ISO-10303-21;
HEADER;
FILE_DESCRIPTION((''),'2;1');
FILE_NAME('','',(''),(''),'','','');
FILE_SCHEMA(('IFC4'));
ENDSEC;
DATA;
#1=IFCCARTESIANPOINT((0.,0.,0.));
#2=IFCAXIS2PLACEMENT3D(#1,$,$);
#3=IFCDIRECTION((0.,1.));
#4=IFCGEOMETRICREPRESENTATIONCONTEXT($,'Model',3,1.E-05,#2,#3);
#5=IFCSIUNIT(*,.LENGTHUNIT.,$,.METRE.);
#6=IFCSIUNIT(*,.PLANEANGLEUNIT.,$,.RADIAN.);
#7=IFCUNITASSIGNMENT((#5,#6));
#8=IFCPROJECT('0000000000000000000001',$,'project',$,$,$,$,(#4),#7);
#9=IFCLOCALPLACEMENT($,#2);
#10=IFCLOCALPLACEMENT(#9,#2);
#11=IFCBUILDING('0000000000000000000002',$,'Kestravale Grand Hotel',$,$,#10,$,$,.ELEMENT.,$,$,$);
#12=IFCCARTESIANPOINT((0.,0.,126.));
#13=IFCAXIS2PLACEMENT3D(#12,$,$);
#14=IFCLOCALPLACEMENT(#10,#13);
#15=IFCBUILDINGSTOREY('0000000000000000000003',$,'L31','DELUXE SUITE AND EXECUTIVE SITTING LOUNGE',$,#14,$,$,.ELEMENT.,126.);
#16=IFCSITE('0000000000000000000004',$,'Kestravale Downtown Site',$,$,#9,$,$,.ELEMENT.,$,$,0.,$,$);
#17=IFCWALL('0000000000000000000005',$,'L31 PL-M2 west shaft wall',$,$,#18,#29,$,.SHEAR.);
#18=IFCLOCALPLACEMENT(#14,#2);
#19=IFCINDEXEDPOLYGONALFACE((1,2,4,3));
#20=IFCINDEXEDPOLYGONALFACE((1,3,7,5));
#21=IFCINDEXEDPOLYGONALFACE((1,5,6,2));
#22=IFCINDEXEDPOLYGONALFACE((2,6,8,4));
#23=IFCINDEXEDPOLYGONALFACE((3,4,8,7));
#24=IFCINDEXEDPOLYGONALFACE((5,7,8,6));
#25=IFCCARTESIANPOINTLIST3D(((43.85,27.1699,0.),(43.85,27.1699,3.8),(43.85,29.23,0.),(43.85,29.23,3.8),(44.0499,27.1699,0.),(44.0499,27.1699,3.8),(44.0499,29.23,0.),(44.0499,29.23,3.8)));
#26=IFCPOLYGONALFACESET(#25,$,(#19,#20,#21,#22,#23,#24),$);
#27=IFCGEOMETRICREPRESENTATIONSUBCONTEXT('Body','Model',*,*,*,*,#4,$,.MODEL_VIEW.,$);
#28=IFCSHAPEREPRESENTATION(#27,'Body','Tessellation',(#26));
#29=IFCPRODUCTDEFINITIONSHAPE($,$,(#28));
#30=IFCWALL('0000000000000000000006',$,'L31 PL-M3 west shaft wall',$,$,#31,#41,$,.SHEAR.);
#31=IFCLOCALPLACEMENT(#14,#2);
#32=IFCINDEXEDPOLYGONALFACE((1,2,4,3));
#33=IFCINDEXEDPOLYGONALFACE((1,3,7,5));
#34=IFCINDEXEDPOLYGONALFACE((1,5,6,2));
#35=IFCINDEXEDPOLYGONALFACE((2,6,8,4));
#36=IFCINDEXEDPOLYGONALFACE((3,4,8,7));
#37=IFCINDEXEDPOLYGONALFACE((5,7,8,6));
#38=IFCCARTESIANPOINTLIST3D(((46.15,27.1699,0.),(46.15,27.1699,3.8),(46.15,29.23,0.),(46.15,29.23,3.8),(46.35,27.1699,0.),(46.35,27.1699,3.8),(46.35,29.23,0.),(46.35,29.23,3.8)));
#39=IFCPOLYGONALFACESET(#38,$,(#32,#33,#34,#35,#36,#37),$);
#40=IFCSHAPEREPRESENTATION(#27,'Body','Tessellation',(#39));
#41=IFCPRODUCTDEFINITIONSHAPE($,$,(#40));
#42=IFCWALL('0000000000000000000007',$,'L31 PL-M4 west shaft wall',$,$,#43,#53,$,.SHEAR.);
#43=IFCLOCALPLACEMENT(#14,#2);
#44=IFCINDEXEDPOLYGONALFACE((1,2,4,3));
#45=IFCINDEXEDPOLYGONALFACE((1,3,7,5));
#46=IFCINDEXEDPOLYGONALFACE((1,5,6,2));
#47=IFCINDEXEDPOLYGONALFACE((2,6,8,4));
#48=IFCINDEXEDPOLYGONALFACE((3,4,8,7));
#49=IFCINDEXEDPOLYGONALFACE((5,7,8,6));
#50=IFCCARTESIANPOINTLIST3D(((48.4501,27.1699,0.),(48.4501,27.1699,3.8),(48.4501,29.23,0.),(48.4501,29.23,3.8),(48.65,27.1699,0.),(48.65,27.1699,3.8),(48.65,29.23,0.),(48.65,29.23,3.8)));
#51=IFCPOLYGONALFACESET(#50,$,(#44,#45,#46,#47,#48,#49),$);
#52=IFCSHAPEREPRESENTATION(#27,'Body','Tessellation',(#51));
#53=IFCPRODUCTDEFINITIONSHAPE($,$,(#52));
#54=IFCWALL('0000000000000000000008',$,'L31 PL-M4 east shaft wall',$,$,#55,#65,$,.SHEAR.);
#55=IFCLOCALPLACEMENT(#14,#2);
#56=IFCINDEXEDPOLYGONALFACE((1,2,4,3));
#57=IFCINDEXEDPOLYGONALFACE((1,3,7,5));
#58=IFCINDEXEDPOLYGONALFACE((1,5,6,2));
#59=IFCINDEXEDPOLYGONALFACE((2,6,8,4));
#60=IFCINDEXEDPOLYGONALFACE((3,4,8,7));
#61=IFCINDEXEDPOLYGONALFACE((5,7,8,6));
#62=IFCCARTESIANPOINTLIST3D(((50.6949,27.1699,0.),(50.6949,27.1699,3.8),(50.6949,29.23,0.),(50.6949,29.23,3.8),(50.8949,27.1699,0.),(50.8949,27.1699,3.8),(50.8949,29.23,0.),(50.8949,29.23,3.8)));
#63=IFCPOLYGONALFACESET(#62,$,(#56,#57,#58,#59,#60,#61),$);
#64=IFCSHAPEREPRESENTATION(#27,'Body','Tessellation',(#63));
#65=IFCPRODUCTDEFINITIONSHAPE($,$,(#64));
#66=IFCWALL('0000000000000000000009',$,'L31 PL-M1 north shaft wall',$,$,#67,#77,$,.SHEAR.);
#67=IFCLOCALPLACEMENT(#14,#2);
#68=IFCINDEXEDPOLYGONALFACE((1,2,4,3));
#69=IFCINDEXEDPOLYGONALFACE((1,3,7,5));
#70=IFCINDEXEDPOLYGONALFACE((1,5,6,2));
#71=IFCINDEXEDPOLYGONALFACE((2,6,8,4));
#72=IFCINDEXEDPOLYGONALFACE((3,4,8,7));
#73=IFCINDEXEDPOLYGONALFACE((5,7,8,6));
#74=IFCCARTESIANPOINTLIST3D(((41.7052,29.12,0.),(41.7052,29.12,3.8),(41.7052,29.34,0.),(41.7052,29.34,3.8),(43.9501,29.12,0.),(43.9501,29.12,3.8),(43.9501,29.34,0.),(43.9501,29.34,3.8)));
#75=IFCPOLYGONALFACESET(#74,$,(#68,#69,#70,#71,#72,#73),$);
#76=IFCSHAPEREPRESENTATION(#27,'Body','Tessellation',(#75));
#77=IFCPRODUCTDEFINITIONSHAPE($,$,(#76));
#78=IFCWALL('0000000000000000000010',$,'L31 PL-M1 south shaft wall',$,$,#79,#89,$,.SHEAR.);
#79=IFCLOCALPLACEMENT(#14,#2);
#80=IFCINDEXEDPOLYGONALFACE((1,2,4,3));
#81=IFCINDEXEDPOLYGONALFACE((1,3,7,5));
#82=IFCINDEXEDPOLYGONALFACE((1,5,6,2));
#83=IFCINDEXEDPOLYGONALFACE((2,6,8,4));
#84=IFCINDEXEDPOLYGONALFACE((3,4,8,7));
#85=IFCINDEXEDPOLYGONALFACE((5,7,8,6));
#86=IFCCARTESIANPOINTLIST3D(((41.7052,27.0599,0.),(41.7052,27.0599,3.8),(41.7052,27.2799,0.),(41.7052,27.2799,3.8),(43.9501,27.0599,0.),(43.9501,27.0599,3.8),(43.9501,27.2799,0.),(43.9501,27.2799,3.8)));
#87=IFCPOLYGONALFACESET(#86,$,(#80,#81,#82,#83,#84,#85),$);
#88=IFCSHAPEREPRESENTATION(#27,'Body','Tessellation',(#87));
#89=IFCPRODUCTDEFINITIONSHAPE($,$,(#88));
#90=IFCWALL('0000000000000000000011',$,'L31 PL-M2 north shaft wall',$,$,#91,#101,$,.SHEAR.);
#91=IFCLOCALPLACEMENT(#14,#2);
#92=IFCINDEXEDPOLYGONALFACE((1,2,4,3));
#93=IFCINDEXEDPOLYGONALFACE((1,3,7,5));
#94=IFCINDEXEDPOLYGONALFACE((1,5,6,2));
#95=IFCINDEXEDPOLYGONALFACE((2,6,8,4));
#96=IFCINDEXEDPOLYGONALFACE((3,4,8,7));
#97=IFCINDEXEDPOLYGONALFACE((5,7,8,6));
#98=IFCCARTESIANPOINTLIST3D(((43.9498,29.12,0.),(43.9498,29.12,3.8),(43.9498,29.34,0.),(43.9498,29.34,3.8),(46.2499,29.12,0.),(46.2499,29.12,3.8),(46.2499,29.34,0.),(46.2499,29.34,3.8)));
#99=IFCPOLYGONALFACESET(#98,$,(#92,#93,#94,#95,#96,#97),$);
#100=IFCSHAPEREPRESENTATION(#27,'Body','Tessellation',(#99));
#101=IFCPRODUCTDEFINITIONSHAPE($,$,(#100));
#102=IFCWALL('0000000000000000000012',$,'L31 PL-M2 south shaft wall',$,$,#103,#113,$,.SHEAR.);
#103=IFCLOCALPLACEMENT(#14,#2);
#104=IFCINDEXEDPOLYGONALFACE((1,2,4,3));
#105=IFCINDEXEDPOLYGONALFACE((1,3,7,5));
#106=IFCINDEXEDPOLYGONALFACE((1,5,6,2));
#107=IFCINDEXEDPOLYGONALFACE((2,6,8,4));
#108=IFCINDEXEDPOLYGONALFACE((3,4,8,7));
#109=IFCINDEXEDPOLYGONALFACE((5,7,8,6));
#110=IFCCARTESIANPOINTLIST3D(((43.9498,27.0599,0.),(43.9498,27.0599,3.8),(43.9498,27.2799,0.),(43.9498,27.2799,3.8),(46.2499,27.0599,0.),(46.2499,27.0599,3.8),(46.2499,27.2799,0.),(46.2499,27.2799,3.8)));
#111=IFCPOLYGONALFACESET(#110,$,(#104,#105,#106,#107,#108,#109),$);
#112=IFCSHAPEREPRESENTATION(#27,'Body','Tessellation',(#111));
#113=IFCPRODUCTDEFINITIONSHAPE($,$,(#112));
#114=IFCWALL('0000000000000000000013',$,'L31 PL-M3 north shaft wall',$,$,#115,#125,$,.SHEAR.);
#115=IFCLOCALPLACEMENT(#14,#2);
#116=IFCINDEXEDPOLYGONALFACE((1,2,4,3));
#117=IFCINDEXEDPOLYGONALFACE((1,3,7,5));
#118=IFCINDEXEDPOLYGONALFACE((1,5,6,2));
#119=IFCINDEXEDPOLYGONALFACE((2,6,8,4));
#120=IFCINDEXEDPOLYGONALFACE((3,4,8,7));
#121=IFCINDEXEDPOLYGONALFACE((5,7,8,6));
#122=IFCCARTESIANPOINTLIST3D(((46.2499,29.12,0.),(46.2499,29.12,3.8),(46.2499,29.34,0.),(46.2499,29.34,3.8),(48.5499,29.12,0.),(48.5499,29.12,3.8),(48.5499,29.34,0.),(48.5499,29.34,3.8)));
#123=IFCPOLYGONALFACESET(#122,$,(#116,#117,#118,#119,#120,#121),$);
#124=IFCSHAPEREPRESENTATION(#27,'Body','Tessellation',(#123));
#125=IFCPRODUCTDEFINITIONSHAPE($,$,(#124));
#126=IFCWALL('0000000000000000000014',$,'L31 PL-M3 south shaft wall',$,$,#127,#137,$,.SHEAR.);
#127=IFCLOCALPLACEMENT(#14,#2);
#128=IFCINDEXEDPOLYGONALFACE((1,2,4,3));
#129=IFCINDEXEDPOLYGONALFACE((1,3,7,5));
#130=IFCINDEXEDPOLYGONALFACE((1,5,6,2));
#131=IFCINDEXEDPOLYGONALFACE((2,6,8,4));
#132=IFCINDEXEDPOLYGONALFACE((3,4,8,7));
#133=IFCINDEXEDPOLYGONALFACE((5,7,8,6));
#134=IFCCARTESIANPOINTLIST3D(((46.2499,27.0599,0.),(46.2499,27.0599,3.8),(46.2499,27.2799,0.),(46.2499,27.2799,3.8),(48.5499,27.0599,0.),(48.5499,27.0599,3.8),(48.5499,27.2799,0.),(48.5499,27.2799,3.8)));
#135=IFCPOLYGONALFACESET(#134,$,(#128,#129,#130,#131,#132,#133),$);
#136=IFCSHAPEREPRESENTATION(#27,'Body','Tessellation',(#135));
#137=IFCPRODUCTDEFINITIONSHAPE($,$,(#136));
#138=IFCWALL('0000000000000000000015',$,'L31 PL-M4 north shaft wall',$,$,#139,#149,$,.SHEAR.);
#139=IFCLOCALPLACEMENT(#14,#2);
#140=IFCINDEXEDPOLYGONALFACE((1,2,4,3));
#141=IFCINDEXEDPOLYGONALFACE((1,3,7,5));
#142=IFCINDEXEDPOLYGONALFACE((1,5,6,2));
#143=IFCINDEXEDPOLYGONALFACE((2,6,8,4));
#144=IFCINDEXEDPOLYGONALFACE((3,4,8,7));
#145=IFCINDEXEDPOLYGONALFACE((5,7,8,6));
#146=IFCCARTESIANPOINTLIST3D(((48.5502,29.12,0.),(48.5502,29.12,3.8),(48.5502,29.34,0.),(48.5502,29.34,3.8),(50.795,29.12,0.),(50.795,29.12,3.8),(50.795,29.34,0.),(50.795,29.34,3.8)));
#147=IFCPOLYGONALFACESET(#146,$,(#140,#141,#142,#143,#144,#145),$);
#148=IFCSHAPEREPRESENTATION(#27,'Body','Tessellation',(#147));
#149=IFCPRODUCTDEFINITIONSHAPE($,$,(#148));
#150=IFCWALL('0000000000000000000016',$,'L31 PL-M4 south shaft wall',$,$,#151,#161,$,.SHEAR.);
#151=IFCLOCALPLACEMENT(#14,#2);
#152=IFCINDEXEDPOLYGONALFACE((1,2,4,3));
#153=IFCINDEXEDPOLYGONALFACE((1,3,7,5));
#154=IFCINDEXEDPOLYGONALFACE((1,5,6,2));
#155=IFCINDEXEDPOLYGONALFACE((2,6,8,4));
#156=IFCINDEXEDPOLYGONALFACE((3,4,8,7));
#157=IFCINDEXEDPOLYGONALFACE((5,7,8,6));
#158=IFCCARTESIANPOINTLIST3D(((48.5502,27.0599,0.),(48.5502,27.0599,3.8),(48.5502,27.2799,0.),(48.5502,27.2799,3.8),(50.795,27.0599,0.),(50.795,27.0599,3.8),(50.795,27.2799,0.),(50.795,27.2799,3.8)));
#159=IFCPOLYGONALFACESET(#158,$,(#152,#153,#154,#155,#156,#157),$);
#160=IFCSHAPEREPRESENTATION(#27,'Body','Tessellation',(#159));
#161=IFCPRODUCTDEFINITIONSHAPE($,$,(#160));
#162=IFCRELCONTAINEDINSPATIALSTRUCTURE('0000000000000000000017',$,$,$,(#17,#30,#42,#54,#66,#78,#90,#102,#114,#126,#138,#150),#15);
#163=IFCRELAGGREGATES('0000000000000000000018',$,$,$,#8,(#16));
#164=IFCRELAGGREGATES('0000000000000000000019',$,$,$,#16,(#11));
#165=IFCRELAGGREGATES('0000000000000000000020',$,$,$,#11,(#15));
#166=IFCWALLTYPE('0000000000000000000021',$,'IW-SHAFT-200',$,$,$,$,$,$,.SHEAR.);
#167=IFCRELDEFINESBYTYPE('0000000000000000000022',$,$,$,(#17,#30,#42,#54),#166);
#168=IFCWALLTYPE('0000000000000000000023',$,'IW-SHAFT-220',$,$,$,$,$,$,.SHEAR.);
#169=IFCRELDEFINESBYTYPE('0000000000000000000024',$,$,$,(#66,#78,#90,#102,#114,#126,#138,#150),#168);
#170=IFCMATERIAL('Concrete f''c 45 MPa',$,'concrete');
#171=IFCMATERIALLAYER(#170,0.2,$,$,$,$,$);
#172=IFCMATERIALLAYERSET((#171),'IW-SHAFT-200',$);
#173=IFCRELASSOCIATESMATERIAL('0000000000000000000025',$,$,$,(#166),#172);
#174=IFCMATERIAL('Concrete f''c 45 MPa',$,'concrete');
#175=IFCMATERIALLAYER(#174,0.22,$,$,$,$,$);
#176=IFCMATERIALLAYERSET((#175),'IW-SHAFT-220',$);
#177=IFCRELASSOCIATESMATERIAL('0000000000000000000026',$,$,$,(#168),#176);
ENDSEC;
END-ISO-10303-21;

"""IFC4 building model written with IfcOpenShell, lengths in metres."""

from ifc_helpers import new_model, si_unit, direction, frame, frame_2d, origin, place, context, subcontext, project, spatial, rectangle, extrude, material, layer, layer_set, type_object, element, save


model = new_model("IFC4")

# Units and contexts
model_context = context("Model", 3, precision=1e-05, world=origin(), true_north=direction((0.0, 1.0)))
body_context = subcontext(model_context, "Body", "Model", "MODEL_VIEW")
ifc_project = project(units=[si_unit("LENGTHUNIT", "METRE"), si_unit("PLANEANGLEUNIT", "RADIAN")], contexts=[model_context])

# Site, building, storey
site_placement = place(None, origin())
site = spatial("IfcSite", under=ifc_project, at=site_placement, Name="Kestravale Downtown Site", CompositionType="ELEMENT", RefElevation=0.0)
building_placement = place(site_placement, origin())
building = spatial("IfcBuilding", under=site, at=building_placement, Name="Kestravale Grand Hotel", CompositionType="ELEMENT")
storey_placement = place(building_placement, frame((0.0, 0.0, 126.0)))
storey = spatial("IfcBuildingStorey", under=building, at=storey_placement, Name="L31", Description="DELUXE SUITE AND EXECUTIVE SITTING LOUNGE", CompositionType="ELEMENT", Elevation=126.0)

# Walls
ifc_material_1 = material(Name="Concrete f'c 45 MPa", Category="concrete")
ifc_layer_1 = layer(ifc_material_1, 0.2)
ifc_layer_set_1 = layer_set([ifc_layer_1], Name="IW-SHAFT-200")
wall_type_1 = type_object("IfcWallType", Name="IW-SHAFT-200", PredefinedType="SHEAR", material=ifc_layer_set_1)
for number, where, z_axis, x_axis, name in (
    (1, (43.95, 27.1699, 0.0), (0.0, 0.0, 1.0), (0.0, 1.0, 0.0), "L31 PL-M2 west shaft wall"),
    (2, (46.25, 27.1699, 0.0), (0.0, 0.0, 1.0), (0.0, 1.0, 0.0), "L31 PL-M3 west shaft wall"),
    (3, (48.55, 27.1699, 0.0), (0.0, 0.0, 1.0), (0.0, 1.0, 0.0), "L31 PL-M4 west shaft wall"),
    (4, (50.7949, 27.1699, 0.0), (0.0, 0.0, 1.0), (0.0, 1.0, 0.0), "L31 PL-M4 east shaft wall"),
):
    element("IfcWall", number, at=place(storey_placement, frame(where, z_axis=z_axis, x_axis=x_axis)), inside=storey, type_object=wall_type_1, Name=name, PredefinedType="SHEAR", context=body_context, shape_type="SweptSolid", body=[
        extrude(rectangle(XDim=2.0601, YDim=0.2, at=frame_2d((1.03, 0.0))), origin(), (0.0, 0.0, 1.0), 3.8),
    ])
ifc_material_2 = material(Name="Concrete f'c 45 MPa", Category="concrete")
ifc_layer_2 = layer(ifc_material_2, 0.22)
ifc_layer_set_2 = layer_set([ifc_layer_2], Name="IW-SHAFT-220")
wall_type_2 = type_object("IfcWallType", Name="IW-SHAFT-220", PredefinedType="SHEAR", material=ifc_layer_set_2)
for number, where, z_axis, x_axis, name in (
    (5, (41.7051, 29.23, 0.0), (0.0, 0.0, 1.0), (1.0, 0.0, 0.0), "L31 PL-M1 north shaft wall"),
    (6, (41.7051, 27.1699, 0.0), (0.0, 0.0, 1.0), (1.0, 0.0, 0.0), "L31 PL-M1 south shaft wall"),
):
    element("IfcWall", number, at=place(storey_placement, frame(where, z_axis=z_axis, x_axis=x_axis)), inside=storey, type_object=wall_type_2, Name=name, PredefinedType="SHEAR", context=body_context, shape_type="SweptSolid", body=[
        extrude(rectangle(XDim=2.2449, YDim=0.22, at=frame_2d((1.1226, 0.0))), origin(), (0.0, 0.0, 1.0), 3.8),
    ])
for number, where, z_axis, x_axis, name in (
    (7, (43.95, 29.23, 0.0), (0.0, 0.0, 1.0), (1.0, 0.0, 0.0), "L31 PL-M2 north shaft wall"),
    (8, (43.95, 27.1699, 0.0), (0.0, 0.0, 1.0), (1.0, 0.0, 0.0), "L31 PL-M2 south shaft wall"),
    (9, (46.25, 29.23, 0.0), (0.0, 0.0, 1.0), (1.0, 0.0, 0.0), "L31 PL-M3 north shaft wall"),
    (10, (46.25, 27.1699, 0.0), (0.0, 0.0, 1.0), (1.0, 0.0, 0.0), "L31 PL-M3 south shaft wall"),
):
    element("IfcWall", number, at=place(storey_placement, frame(where, z_axis=z_axis, x_axis=x_axis)), inside=storey, type_object=wall_type_2, Name=name, PredefinedType="SHEAR", context=body_context, shape_type="SweptSolid", body=[
        extrude(rectangle(XDim=2.3, YDim=0.22, at=frame_2d((1.1499, 0.0))), origin(), (0.0, 0.0, 1.0), 3.8),
    ])
for number, where, z_axis, x_axis, name in (
    (11, (48.55, 29.23, 0.0), (0.0, 0.0, 1.0), (1.0, 0.0, 0.0), "L31 PL-M4 north shaft wall"),
    (12, (48.55, 27.1699, 0.0), (0.0, 0.0, 1.0), (1.0, 0.0, 0.0), "L31 PL-M4 south shaft wall"),
):
    element("IfcWall", number, at=place(storey_placement, frame(where, z_axis=z_axis, x_axis=x_axis)), inside=storey, type_object=wall_type_2, Name=name, PredefinedType="SHEAR", context=body_context, shape_type="SweptSolid", body=[
        extrude(rectangle(XDim=2.2449, YDim=0.22, at=frame_2d((1.1226, 0.0))), origin(), (0.0, 0.0, 1.0), 3.8),
    ])

save(model, "model.ifc")
